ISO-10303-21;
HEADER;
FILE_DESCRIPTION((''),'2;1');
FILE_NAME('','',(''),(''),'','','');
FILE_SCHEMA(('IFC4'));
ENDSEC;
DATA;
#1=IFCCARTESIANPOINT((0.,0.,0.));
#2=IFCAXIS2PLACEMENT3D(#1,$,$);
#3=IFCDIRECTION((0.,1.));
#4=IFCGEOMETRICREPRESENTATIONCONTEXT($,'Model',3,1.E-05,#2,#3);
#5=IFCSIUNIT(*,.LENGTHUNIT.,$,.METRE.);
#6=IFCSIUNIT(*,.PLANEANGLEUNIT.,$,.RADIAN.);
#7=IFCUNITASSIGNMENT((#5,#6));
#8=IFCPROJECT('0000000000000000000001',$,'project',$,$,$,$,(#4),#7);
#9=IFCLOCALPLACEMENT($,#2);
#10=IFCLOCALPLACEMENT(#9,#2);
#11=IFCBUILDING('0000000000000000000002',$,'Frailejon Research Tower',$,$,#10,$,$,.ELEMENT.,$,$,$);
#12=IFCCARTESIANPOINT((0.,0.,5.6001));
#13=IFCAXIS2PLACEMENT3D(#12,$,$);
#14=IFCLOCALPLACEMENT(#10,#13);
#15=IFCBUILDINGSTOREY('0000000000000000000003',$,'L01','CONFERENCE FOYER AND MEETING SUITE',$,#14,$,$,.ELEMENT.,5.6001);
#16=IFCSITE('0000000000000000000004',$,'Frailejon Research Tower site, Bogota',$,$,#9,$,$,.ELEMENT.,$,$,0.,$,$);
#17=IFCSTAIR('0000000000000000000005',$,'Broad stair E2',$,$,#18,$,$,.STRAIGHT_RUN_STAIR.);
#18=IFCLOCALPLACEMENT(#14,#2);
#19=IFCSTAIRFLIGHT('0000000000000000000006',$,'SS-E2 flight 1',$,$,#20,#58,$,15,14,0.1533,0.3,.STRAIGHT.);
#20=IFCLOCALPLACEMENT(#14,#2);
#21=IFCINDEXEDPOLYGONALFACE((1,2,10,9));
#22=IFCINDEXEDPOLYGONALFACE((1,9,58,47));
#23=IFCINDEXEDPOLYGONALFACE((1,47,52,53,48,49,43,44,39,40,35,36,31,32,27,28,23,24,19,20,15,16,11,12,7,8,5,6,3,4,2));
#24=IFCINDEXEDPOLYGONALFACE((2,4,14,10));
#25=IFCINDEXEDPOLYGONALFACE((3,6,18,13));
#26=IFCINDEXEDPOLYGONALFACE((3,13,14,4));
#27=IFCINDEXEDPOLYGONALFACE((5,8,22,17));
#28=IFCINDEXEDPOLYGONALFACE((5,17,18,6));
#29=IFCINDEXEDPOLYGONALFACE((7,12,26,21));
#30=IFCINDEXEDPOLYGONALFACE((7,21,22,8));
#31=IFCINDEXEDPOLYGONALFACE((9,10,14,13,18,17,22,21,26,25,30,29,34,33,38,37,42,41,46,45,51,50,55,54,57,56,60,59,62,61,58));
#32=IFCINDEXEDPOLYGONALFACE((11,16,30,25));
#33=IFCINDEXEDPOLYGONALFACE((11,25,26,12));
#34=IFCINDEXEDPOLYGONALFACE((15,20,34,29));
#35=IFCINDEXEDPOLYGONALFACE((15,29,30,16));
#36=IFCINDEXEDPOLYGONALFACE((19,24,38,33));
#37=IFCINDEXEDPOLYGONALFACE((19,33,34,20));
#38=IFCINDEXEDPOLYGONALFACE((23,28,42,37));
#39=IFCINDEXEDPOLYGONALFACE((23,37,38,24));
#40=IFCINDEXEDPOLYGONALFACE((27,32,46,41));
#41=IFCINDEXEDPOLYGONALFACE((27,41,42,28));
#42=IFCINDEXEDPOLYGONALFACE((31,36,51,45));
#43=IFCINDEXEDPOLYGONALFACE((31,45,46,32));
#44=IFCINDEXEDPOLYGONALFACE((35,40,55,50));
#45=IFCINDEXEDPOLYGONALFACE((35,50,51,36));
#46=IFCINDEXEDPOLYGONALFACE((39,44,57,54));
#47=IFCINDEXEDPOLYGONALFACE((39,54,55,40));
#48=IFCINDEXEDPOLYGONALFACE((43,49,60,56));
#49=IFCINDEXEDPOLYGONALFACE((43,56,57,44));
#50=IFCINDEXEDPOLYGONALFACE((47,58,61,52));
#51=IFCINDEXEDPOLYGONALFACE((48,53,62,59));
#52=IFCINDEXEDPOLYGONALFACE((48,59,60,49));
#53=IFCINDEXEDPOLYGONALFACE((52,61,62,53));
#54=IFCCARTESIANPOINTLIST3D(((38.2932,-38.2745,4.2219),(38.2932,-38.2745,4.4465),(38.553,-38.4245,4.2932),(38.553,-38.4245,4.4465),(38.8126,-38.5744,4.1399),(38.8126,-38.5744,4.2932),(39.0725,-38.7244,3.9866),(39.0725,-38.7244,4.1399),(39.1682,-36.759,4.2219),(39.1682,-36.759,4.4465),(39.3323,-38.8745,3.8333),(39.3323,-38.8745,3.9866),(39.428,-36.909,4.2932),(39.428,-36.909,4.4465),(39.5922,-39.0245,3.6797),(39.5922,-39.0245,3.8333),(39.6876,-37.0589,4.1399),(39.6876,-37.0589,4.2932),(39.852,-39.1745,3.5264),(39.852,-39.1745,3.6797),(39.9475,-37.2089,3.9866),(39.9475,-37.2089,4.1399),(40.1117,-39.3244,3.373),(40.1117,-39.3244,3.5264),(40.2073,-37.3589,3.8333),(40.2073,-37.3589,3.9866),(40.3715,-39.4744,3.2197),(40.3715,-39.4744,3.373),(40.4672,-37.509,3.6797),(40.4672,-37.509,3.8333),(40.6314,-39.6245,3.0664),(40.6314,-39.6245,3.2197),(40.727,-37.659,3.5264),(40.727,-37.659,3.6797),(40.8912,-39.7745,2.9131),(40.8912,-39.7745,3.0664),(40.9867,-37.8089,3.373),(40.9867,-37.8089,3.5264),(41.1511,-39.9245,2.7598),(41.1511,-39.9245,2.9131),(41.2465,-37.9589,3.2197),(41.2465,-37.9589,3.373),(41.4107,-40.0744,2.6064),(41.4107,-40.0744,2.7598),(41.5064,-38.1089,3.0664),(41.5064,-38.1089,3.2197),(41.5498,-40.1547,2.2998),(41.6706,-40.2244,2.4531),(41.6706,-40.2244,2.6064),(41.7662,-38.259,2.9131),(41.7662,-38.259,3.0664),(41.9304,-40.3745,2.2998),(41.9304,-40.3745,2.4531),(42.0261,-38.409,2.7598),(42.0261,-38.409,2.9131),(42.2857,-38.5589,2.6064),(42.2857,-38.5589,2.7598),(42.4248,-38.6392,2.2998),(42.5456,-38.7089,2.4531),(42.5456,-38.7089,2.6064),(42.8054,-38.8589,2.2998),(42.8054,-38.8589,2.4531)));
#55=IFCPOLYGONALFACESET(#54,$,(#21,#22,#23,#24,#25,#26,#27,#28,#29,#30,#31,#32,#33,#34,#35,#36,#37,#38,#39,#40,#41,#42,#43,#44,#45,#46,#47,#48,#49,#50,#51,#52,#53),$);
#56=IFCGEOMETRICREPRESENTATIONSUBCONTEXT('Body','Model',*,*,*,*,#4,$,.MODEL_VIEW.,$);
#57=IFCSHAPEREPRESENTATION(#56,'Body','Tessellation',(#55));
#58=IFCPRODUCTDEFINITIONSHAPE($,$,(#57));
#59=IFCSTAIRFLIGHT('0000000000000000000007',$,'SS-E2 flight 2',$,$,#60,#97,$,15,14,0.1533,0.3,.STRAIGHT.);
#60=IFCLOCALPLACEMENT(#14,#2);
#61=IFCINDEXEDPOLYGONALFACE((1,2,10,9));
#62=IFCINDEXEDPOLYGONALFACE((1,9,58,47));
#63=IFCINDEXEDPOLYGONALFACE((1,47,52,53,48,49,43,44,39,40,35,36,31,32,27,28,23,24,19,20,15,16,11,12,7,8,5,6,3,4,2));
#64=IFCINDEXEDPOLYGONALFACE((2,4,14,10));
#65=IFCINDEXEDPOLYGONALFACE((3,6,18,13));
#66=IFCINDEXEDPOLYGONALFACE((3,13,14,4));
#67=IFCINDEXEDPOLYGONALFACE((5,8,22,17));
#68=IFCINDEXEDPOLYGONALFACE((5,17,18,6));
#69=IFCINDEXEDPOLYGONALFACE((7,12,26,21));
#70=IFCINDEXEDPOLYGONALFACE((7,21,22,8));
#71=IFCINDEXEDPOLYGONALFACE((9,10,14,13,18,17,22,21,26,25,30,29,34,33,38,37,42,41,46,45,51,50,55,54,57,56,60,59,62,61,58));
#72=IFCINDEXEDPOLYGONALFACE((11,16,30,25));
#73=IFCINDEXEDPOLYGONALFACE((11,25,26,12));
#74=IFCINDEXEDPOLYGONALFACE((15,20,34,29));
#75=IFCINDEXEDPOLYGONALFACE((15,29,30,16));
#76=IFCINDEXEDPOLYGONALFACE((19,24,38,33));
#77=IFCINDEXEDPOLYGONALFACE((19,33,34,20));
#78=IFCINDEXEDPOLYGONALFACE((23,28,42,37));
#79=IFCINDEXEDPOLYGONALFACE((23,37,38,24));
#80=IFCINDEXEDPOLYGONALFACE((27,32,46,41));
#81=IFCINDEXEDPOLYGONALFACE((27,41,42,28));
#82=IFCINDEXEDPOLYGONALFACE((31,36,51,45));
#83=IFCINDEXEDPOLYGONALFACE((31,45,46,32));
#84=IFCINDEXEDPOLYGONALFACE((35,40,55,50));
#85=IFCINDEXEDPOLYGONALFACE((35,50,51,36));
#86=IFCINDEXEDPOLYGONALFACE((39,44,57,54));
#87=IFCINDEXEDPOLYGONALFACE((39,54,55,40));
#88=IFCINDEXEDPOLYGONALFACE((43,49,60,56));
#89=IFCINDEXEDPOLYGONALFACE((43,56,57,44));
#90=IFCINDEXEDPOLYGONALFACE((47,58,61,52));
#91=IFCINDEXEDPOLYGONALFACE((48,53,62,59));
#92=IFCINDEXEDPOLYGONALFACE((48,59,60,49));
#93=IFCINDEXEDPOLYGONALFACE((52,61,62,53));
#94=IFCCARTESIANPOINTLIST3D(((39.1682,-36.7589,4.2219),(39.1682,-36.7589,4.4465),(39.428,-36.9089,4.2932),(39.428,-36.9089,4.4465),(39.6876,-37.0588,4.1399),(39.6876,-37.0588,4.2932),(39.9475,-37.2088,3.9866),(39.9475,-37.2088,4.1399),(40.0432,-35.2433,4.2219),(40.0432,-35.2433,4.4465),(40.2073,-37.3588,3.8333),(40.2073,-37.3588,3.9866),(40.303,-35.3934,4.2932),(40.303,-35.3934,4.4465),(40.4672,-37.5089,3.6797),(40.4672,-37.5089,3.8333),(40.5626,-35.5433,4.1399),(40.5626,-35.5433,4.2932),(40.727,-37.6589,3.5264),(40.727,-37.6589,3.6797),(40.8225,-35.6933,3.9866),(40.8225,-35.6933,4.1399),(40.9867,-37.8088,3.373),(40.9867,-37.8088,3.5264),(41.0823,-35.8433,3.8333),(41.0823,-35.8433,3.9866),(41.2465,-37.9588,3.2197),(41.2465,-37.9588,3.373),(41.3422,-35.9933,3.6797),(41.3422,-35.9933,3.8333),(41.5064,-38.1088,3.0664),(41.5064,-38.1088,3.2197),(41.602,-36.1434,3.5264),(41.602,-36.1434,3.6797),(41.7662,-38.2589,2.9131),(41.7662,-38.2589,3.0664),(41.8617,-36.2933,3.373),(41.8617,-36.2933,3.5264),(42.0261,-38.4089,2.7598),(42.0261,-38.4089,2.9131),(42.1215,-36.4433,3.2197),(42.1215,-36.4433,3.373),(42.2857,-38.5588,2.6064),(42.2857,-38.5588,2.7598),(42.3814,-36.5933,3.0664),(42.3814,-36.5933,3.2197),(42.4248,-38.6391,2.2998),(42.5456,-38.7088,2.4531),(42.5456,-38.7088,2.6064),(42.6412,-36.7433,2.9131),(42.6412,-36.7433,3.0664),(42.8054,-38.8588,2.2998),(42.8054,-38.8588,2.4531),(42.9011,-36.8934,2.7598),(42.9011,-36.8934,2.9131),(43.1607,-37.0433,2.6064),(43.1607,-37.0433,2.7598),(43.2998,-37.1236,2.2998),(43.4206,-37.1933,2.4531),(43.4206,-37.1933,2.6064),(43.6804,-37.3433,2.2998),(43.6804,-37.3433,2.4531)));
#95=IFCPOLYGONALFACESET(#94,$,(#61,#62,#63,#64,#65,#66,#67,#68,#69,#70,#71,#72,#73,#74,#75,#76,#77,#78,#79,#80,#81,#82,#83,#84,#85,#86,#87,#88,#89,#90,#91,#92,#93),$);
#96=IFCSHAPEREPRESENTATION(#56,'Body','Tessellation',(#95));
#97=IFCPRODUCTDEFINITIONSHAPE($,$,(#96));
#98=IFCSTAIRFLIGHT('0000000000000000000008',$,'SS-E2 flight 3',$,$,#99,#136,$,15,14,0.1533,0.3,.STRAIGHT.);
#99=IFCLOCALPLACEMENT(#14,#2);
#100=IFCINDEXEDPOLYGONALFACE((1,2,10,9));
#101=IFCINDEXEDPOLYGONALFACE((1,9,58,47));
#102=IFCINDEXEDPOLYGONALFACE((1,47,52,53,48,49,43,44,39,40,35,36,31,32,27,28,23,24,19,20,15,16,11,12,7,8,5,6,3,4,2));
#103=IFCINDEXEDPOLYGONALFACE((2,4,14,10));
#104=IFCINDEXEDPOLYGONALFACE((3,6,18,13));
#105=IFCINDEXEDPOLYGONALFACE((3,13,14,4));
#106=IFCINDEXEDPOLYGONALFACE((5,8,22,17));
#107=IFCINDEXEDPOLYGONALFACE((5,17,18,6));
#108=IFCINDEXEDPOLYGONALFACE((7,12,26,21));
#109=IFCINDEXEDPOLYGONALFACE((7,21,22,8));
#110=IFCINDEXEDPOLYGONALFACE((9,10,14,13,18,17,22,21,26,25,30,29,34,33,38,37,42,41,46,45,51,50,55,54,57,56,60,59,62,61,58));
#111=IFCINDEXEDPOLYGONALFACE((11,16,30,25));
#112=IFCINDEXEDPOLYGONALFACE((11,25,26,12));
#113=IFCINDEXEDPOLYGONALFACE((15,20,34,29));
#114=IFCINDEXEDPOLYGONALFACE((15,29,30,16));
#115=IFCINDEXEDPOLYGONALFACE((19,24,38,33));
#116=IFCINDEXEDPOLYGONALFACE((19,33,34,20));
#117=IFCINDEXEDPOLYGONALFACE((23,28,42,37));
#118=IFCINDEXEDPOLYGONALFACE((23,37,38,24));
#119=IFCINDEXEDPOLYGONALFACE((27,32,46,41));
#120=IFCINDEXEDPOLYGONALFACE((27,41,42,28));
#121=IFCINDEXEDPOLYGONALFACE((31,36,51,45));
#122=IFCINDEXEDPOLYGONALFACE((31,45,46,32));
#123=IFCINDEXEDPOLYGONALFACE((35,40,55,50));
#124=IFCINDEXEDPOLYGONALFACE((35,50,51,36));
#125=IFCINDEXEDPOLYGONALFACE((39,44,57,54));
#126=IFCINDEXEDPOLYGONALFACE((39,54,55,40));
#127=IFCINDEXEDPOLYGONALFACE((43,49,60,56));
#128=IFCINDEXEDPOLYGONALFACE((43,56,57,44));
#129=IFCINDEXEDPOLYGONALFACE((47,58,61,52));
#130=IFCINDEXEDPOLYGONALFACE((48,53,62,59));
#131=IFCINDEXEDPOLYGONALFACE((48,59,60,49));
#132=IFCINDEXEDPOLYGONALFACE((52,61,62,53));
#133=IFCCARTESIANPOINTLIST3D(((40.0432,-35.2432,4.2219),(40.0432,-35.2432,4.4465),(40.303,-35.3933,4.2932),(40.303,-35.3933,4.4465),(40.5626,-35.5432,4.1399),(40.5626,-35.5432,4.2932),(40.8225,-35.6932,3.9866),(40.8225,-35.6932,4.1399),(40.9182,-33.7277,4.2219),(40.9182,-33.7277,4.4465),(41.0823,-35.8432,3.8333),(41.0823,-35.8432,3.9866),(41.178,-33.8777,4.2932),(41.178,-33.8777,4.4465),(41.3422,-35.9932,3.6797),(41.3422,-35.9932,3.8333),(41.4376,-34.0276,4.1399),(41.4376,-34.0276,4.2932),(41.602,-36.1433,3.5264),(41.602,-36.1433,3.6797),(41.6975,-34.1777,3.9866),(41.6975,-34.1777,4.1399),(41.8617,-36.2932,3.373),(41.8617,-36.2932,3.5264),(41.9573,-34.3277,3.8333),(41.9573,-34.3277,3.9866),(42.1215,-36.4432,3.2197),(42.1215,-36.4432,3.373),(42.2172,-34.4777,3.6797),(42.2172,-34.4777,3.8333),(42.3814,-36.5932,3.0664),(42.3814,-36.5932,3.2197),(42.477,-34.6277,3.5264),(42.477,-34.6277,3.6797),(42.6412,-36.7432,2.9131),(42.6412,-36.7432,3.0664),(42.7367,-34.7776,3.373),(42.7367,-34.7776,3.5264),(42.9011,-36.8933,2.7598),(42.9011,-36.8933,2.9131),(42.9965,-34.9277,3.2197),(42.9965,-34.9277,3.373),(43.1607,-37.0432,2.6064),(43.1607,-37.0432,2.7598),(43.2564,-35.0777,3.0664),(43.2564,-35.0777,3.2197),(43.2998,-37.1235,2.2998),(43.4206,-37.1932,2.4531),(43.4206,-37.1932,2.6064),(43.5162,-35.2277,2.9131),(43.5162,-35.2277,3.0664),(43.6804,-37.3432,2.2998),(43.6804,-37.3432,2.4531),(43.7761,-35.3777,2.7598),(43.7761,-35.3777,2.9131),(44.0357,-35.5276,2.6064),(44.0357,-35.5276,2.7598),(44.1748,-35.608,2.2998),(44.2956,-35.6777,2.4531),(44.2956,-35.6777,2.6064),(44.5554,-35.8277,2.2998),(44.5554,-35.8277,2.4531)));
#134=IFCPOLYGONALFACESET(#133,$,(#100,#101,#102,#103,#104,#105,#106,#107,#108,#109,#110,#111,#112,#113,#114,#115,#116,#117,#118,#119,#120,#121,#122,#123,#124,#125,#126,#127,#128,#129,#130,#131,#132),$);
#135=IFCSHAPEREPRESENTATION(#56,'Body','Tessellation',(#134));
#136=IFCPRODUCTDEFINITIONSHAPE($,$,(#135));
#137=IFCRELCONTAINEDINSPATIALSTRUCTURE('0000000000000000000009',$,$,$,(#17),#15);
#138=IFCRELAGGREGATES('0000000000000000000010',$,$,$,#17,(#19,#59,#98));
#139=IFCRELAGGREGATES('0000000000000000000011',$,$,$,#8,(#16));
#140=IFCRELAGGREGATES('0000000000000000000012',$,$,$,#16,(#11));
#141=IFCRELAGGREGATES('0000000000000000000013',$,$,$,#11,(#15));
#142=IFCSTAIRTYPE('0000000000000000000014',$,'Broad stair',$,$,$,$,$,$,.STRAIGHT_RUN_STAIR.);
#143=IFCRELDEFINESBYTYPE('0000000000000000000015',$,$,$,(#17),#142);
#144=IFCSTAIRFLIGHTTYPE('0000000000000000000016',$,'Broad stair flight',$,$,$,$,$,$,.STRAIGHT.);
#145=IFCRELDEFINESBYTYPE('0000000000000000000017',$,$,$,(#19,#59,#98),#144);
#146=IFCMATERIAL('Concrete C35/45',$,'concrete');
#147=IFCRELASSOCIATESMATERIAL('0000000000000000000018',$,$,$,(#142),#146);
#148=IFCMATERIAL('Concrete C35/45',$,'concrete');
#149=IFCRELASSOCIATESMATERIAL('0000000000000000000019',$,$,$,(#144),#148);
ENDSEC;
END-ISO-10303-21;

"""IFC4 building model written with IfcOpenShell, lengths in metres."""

from ifc_helpers import new_model, si_unit, direction, frame, origin, place, context, subcontext, project, spatial, polyline, outline, extrude, material, type_object, element, aggregate, save


model = new_model("IFC4")

# Units and contexts
model_context = context("Model", 3, precision=1e-05, world=origin(), true_north=direction((0.0, 1.0)))
body_context = subcontext(model_context, "Body", "Model", "MODEL_VIEW")
ifc_project = project(units=[si_unit("LENGTHUNIT", "METRE"), si_unit("PLANEANGLEUNIT", "RADIAN")], contexts=[model_context])

# Site, building, storey
site_placement = place(None, origin())
site = spatial("IfcSite", under=ifc_project, at=site_placement, Name="Frailejon Research Tower site, Bogota", CompositionType="ELEMENT", RefElevation=0.0)
building_placement = place(site_placement, origin())
building = spatial("IfcBuilding", under=site, at=building_placement, Name="Frailejon Research Tower", CompositionType="ELEMENT")
storey_placement = place(building_placement, frame((0.0, 0.0, 5.6001)))
storey = spatial("IfcBuildingStorey", under=building, at=storey_placement, Name="L01", Description="CONFERENCE FOYER AND MEETING SUITE", CompositionType="ELEMENT", Elevation=5.6001)

# Stair, stair flights
ifc_material_1 = material(Name="Concrete C35/45", Category="concrete")
stair_type = type_object("IfcStairType", Name="Broad stair", PredefinedType="STRAIGHT_RUN_STAIR", material=ifc_material_1)
stair_placement = place(storey_placement, origin())
stair = element("IfcStair", 1, at=stair_placement, inside=storey, type_object=stair_type, Name="Broad stair E2", PredefinedType="STRAIGHT_RUN_STAIR")
ifc_material_2 = material(Name="Concrete C35/45", Category="concrete")
stair_flight_type = type_object("IfcStairFlightType", Name="Broad stair flight", PredefinedType="STRAIGHT", material=ifc_material_2)
stair_flight_1_placement = place(storey_placement, frame((42.3679, -39.6167, 2.2998), z_axis=(0.0, 0.0, 1.0), x_axis=(-0.866025, 0.5, 0.0)))
stair_flight_1 = element("IfcStairFlight", 2, at=stair_flight_1_placement, type_object=stair_flight_type, Name="SS-E2 flight 1", NumberOfRisers=15, NumberOfTreads=14, PredefinedType="STRAIGHT", RiserHeight=0.1533, TreadLength=0.3, context=body_context, shape_type="SweptSolid", body=[
    extrude(outline(polyline([(0.0, 0.0), (0.0, 0.1533), (0.3, 0.1533), (0.3, 0.3066), (0.6001, 0.3066), (0.6001, 0.46), (0.8999, 0.46), (0.8999, 0.6133), (1.2, 0.6133), (1.2, 0.7666), (1.5, 0.7666), (1.5, 0.9199), (1.8, 0.9199), (1.8, 1.0732), (2.1001, 1.0732), (2.1001, 1.2266), (2.3999, 1.2266), (2.3999, 1.3799), (2.7, 1.3799), (2.7, 1.5334), (3.0, 1.5334), (3.0, 1.6868), (3.3, 1.6868), (3.3, 1.8401), (3.6001, 1.8401), (3.6001, 1.9934), (3.8999, 1.9934), (3.8999, 2.1467), (4.2, 2.1467), (4.2, 2.3), (4.2, 1.9221), (0.4395, 0.0), (0.0, 0.0)])), frame((0.0, 0.875, 0.0), z_axis=(0.0, -1.0, 0.0), x_axis=(1.0, 0.0, 0.0)), (0.0, 0.0, 1.0), 1.75),
])
stair_flight_2_placement = place(storey_placement, frame((43.2429, -38.1011, 2.2998), z_axis=(0.0, 0.0, 1.0), x_axis=(-0.866025, 0.5, 0.0)))
stair_flight_2 = element("IfcStairFlight", 3, at=stair_flight_2_placement, type_object=stair_flight_type, Name="SS-E2 flight 2", NumberOfRisers=15, NumberOfTreads=14, PredefinedType="STRAIGHT", RiserHeight=0.1533, TreadLength=0.3, context=body_context, shape_type="SweptSolid", body=[
    extrude(outline(polyline([(0.0, 0.0), (0.0, 0.1533), (0.3, 0.1533), (0.3, 0.3066), (0.6001, 0.3066), (0.6001, 0.46), (0.8999, 0.46), (0.8999, 0.6133), (1.2, 0.6133), (1.2, 0.7666), (1.5, 0.7666), (1.5, 0.9199), (1.8, 0.9199), (1.8, 1.0732), (2.1001, 1.0732), (2.1001, 1.2266), (2.3999, 1.2266), (2.3999, 1.3799), (2.7, 1.3799), (2.7, 1.5334), (3.0, 1.5334), (3.0, 1.6868), (3.3, 1.6868), (3.3, 1.8401), (3.6001, 1.8401), (3.6001, 1.9934), (3.8999, 1.9934), (3.8999, 2.1467), (4.2, 2.1467), (4.2, 2.3), (4.2, 1.9221), (0.4395, 0.0), (0.0, 0.0)])), frame((0.0, 0.875, 0.0), z_axis=(0.0, -1.0, 0.0), x_axis=(1.0, 0.0, 0.0)), (0.0, 0.0, 1.0), 1.75),
])
stair_flight_3_placement = place(storey_placement, frame((44.1179, -36.5854, 2.2998), z_axis=(0.0, 0.0, 1.0), x_axis=(-0.866025, 0.5, 0.0)))
stair_flight_3 = element("IfcStairFlight", 4, at=stair_flight_3_placement, type_object=stair_flight_type, Name="SS-E2 flight 3", NumberOfRisers=15, NumberOfTreads=14, PredefinedType="STRAIGHT", RiserHeight=0.1533, TreadLength=0.3, context=body_context, shape_type="SweptSolid", body=[
    extrude(outline(polyline([(0.0, 0.0), (0.0, 0.1533), (0.3, 0.1533), (0.3, 0.3066), (0.6001, 0.3066), (0.6001, 0.46), (0.8999, 0.46), (0.8999, 0.6133), (1.2, 0.6133), (1.2, 0.7666), (1.5, 0.7666), (1.5, 0.9199), (1.8, 0.9199), (1.8, 1.0732), (2.1001, 1.0732), (2.1001, 1.2266), (2.3999, 1.2266), (2.3999, 1.3799), (2.7, 1.3799), (2.7, 1.5334), (3.0, 1.5334), (3.0, 1.6868), (3.3, 1.6868), (3.3, 1.8401), (3.6001, 1.8401), (3.6001, 1.9934), (3.8999, 1.9934), (3.8999, 2.1467), (4.2, 2.1467), (4.2, 2.3), (4.2, 1.9221), (0.4395, 0.0), (0.0, 0.0)])), frame((0.0, 0.875, 0.0), z_axis=(0.0, -1.0, 0.0), x_axis=(1.0, 0.0, 0.0)), (0.0, 0.0, 1.0), 1.75),
])
aggregate(stair, [stair_flight_1, stair_flight_2, stair_flight_3])

save(model, "model.ifc")
